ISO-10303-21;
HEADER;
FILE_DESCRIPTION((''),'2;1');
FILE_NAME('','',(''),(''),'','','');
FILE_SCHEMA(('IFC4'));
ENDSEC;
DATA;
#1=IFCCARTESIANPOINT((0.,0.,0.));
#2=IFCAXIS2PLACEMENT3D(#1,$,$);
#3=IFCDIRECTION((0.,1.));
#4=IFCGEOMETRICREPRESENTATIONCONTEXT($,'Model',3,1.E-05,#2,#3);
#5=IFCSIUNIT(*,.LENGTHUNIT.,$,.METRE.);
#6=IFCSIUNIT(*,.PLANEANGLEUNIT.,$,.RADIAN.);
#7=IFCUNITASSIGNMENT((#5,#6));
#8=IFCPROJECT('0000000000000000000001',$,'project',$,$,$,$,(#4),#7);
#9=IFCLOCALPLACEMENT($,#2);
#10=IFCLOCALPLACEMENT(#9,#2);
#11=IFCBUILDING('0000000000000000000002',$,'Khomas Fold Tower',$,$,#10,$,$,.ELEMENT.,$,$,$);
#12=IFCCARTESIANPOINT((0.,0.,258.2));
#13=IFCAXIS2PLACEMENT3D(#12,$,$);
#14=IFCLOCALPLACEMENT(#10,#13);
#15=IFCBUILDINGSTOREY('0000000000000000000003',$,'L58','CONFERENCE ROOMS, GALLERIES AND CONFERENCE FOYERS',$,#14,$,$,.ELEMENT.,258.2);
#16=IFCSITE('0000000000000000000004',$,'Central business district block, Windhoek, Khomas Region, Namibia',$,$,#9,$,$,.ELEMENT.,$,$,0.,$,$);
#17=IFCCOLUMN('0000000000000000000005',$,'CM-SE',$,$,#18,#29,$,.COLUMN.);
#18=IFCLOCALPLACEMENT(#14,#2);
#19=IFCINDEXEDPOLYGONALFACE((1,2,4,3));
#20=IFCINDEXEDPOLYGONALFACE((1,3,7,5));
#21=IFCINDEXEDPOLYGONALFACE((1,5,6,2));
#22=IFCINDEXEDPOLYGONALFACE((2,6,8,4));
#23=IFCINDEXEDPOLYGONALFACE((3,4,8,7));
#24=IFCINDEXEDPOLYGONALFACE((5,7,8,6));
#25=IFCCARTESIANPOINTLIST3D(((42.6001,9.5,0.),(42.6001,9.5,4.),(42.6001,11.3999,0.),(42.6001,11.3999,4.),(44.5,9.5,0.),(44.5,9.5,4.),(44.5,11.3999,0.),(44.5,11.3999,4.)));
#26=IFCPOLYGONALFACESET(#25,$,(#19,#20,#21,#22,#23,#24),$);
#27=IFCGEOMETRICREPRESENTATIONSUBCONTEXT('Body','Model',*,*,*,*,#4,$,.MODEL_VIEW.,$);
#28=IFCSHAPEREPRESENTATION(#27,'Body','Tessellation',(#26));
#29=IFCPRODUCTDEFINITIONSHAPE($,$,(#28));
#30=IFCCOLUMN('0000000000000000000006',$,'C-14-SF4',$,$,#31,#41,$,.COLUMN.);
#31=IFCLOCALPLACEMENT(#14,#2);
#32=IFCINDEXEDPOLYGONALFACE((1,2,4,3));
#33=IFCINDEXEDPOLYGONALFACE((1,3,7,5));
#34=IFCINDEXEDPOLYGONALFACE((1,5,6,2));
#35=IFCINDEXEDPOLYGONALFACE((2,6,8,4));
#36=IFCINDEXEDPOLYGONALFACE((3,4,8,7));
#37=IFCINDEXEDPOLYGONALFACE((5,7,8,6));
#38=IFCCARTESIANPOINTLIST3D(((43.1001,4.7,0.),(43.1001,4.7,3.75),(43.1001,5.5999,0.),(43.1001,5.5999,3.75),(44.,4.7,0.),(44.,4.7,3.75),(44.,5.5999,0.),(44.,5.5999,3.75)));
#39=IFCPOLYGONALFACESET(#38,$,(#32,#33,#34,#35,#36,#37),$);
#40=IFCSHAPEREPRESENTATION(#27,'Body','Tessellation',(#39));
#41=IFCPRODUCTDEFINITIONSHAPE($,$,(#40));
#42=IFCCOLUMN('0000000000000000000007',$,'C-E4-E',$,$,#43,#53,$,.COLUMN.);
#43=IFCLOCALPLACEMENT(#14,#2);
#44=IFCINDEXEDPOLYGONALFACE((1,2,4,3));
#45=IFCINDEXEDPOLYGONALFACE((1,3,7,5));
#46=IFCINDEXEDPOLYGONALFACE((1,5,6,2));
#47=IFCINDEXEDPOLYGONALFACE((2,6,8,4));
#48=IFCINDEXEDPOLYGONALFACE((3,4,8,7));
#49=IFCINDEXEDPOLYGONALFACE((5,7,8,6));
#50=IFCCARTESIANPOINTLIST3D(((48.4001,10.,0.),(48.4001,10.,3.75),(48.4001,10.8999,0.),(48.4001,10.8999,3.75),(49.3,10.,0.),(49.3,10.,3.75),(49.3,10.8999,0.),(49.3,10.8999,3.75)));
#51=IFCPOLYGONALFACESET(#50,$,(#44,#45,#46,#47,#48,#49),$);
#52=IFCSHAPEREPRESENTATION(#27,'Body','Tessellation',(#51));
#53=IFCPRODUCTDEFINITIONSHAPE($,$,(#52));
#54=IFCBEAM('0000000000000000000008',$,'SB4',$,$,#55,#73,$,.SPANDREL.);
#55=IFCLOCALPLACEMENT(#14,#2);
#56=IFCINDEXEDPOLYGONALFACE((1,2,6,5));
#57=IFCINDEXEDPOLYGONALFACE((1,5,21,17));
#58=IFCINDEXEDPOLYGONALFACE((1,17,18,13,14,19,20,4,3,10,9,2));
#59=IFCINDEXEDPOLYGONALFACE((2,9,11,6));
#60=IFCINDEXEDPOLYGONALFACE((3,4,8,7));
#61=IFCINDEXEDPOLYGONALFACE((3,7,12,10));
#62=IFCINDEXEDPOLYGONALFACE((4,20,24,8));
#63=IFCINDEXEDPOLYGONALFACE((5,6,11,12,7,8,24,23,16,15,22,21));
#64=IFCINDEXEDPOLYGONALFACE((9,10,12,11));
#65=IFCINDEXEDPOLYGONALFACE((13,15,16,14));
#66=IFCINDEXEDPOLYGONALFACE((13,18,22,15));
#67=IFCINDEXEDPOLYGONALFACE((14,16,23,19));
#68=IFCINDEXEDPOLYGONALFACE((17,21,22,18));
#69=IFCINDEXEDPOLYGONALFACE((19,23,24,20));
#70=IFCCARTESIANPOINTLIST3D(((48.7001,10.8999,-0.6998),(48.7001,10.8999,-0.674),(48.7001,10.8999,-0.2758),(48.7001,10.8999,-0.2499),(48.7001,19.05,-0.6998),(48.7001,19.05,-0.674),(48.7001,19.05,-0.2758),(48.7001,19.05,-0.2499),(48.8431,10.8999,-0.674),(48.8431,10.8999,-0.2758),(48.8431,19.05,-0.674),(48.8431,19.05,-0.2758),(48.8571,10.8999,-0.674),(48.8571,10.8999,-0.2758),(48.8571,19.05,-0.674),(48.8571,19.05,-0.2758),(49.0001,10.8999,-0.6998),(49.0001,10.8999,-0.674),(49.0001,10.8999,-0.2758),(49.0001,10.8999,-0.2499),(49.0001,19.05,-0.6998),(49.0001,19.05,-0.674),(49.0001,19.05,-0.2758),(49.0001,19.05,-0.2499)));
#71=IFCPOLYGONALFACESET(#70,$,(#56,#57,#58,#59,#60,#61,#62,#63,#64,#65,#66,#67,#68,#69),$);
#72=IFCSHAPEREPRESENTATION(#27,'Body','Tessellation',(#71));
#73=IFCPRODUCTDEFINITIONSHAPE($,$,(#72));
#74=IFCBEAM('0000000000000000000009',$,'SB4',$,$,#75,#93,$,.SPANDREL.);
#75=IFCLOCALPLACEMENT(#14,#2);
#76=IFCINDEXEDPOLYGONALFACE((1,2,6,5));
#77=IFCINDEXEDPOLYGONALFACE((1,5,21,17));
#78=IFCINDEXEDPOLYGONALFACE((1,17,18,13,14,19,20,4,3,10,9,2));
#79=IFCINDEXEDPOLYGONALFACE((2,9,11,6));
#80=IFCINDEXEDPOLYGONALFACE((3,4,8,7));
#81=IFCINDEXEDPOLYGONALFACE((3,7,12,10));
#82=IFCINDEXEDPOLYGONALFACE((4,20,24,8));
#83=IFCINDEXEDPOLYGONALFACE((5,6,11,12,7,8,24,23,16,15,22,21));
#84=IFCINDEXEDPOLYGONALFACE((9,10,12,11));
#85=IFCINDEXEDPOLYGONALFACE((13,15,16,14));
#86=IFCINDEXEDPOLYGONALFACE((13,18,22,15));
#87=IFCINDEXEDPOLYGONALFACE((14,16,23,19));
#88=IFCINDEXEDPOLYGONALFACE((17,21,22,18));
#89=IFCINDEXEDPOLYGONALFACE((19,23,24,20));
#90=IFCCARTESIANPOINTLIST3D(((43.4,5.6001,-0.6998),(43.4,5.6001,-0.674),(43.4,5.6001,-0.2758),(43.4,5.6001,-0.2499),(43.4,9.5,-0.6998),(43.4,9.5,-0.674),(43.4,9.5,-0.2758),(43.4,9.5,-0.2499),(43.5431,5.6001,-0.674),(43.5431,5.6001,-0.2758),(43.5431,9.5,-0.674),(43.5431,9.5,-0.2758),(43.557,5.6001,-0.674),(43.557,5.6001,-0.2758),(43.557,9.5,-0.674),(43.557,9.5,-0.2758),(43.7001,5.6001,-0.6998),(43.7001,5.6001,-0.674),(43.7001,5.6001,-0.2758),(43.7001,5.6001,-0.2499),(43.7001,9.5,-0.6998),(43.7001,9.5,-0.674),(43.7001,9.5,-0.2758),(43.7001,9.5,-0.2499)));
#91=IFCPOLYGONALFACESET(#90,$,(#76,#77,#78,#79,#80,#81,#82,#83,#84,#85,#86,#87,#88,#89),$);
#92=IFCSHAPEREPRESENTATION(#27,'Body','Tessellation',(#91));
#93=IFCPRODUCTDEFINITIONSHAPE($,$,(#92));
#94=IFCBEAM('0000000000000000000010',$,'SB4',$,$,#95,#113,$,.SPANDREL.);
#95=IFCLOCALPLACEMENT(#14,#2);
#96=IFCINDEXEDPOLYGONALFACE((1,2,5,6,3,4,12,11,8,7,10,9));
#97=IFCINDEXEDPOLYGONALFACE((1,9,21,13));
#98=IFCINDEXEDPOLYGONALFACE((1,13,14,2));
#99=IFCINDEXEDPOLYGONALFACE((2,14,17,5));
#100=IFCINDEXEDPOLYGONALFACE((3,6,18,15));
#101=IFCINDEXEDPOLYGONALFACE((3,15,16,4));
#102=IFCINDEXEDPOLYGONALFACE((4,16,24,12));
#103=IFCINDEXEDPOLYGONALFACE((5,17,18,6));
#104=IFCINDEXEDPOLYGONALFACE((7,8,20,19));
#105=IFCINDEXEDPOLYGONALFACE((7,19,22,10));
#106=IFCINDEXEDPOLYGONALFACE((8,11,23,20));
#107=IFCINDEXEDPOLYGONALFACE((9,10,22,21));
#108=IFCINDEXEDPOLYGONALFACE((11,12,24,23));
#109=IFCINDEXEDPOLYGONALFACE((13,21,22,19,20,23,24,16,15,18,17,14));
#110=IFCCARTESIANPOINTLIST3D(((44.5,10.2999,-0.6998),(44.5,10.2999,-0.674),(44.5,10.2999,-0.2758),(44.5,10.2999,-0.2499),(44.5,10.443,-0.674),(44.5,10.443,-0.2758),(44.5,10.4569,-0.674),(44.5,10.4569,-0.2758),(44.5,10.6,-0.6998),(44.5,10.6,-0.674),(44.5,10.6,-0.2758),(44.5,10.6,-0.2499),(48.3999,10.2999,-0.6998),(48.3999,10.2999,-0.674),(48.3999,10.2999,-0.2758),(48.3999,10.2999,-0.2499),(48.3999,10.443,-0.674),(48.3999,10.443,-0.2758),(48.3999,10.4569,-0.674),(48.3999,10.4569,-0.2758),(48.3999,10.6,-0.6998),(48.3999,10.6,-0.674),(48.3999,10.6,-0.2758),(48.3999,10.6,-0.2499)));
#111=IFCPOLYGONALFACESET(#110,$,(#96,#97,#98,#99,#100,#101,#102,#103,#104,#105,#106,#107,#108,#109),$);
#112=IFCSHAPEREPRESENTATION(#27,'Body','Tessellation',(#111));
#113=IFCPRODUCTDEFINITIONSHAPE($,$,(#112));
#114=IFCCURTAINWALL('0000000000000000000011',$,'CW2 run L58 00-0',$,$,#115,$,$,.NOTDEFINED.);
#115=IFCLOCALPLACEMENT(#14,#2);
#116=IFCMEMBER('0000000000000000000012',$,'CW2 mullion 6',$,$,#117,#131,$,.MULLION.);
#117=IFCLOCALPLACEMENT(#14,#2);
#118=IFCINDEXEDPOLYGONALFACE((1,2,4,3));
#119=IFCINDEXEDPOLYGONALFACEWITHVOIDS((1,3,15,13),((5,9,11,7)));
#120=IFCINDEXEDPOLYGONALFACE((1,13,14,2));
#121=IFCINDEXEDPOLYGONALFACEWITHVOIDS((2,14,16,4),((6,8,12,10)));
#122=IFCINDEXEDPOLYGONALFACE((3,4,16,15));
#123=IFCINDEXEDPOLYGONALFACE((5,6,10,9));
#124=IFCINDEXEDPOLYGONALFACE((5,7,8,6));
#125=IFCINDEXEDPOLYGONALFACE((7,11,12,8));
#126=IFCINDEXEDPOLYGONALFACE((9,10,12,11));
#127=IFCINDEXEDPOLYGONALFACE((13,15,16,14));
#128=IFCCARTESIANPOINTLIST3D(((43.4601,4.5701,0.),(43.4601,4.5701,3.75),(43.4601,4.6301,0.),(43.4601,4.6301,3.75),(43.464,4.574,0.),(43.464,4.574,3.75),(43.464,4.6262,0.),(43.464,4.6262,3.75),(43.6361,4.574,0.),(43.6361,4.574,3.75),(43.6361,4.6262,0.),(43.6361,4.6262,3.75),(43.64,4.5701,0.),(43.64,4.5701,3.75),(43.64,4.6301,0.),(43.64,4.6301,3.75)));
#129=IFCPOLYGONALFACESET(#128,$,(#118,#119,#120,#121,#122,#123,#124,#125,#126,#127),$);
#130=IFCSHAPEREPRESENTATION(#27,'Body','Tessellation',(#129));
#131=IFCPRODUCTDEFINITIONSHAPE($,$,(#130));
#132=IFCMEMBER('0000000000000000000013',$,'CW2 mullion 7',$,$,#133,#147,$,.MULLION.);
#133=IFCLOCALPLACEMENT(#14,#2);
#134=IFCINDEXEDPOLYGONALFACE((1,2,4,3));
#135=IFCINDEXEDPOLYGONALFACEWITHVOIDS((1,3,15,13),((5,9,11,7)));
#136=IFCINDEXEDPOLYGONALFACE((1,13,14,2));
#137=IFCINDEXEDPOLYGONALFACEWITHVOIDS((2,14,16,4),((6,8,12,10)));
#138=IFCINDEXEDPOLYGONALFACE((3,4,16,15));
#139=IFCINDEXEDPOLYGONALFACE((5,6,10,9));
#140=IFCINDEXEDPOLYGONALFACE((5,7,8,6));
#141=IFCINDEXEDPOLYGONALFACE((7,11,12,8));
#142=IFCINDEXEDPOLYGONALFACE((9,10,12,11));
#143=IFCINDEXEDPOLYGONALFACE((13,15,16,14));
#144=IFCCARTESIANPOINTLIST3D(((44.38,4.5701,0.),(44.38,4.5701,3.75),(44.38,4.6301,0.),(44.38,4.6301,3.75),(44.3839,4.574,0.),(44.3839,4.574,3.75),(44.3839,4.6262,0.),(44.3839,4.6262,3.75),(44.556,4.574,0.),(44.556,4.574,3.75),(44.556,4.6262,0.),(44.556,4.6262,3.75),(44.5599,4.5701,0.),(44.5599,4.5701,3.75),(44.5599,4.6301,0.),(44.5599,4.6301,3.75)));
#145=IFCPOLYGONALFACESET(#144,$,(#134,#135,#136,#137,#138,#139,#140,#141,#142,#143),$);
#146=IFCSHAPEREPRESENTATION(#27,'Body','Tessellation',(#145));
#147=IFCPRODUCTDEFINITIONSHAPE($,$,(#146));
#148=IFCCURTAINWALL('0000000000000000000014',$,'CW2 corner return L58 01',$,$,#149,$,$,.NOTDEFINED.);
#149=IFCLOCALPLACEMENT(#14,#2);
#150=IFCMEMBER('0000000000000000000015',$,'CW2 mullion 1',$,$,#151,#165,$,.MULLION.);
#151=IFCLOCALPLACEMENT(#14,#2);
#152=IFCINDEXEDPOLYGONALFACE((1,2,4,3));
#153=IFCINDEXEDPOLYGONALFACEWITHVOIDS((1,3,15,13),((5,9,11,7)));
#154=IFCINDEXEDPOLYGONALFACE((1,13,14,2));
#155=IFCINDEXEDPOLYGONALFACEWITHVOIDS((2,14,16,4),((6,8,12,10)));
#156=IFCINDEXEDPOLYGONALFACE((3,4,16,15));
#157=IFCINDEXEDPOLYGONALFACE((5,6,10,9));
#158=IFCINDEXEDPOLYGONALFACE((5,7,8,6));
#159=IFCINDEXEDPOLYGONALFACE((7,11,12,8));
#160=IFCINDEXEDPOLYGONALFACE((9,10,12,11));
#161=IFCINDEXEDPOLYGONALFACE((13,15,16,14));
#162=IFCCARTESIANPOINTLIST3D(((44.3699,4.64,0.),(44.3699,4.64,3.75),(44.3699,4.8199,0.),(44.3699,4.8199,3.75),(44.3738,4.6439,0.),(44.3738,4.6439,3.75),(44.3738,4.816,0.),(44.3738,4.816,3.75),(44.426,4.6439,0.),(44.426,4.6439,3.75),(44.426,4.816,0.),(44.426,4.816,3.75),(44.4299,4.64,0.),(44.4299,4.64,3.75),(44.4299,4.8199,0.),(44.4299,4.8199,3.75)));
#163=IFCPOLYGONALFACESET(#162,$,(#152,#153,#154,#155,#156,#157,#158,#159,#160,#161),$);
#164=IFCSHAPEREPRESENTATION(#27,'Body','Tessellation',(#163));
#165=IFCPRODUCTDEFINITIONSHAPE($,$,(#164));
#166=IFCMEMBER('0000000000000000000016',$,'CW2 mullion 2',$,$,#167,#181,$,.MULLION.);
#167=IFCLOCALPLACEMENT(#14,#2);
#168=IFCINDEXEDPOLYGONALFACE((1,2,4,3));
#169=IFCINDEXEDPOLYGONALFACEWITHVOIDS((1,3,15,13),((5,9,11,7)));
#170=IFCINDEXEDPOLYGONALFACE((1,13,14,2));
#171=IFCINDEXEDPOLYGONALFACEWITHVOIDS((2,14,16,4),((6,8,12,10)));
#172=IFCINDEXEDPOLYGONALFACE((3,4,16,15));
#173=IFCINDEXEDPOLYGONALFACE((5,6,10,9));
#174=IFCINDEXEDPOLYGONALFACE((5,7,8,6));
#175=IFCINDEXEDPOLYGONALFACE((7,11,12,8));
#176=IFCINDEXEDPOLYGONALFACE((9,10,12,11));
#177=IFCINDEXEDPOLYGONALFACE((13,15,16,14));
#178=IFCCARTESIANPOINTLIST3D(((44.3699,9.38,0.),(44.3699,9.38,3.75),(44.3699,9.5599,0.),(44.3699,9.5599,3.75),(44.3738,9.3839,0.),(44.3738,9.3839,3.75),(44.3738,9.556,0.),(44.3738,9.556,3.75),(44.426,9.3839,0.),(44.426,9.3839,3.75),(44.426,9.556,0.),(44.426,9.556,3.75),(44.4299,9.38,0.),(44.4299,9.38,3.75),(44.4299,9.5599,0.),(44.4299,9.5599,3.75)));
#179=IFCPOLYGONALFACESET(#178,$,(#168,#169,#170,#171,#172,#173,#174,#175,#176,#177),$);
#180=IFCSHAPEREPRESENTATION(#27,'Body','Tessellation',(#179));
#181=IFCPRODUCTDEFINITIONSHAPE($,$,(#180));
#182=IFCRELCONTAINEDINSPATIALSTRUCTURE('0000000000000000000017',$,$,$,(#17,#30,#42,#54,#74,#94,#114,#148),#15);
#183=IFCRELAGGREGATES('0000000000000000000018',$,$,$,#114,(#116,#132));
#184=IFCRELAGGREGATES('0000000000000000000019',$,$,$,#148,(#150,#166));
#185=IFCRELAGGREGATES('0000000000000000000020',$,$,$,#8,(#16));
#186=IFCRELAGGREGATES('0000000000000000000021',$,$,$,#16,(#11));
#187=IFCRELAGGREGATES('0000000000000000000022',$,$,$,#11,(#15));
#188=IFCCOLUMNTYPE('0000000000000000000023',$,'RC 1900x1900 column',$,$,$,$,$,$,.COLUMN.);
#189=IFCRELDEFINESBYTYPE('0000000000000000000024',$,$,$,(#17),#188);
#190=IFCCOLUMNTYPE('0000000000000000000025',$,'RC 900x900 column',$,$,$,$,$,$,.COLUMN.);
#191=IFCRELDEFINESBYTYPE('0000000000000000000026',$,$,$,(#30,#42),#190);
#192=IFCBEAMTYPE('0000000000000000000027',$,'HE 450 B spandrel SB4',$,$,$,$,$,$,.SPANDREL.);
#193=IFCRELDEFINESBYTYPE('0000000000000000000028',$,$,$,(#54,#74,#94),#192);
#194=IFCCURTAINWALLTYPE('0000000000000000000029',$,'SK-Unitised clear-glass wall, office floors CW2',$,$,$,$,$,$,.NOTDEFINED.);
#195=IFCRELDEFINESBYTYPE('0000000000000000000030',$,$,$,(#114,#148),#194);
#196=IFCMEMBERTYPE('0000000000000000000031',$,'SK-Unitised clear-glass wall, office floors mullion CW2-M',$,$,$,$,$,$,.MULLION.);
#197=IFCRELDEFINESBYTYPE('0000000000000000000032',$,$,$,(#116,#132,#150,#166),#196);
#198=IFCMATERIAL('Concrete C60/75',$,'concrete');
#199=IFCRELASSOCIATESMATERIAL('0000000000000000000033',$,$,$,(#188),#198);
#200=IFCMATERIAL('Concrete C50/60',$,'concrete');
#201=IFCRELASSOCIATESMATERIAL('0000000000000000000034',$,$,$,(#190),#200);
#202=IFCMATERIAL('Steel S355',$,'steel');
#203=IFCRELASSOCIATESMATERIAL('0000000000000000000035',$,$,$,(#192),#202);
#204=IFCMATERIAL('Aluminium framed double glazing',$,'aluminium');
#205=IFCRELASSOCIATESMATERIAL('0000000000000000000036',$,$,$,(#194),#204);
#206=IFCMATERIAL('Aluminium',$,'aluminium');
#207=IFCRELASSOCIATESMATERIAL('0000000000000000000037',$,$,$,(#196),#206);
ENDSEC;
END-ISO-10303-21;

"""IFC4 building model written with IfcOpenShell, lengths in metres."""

from ifc_helpers import new_model, si_unit, direction, frame, origin, origin_2d, place, context, subcontext, project, spatial, rectangle, hollow_rectangle, i_section, extrude, source, transform, mapped, material, material_profile, profile_set, type_object, element, aggregate, save


model = new_model("IFC4")

# Units and contexts
model_context = context("Model", 3, precision=1e-05, world=origin(), true_north=direction((0.0, 1.0)))
body_context = subcontext(model_context, "Body", "Model", "MODEL_VIEW")
ifc_project = project(units=[si_unit("LENGTHUNIT", "METRE"), si_unit("PLANEANGLEUNIT", "RADIAN")], contexts=[model_context])

# Site, building, storey
site_placement = place(None, origin())
site = spatial("IfcSite", under=ifc_project, at=site_placement, Name="Central business district block, Windhoek, Khomas Region, Namibia", CompositionType="ELEMENT", RefElevation=0.0)
building_placement = place(site_placement, origin())
building = spatial("IfcBuilding", under=site, at=building_placement, Name="Khomas Fold Tower", CompositionType="ELEMENT")
storey_placement = place(building_placement, frame((0.0, 0.0, 258.2)))
storey = spatial("IfcBuildingStorey", under=building, at=storey_placement, Name="L58", Description="CONFERENCE ROOMS, GALLERIES AND CONFERENCE FOYERS", CompositionType="ELEMENT", Elevation=258.2)

# Columns
ifc_material_1 = material(Name="Concrete C60/75", Category="concrete")
ifc_material_profile_1 = material_profile(ifc_material_1, rectangle(XDim=1.8999, YDim=1.8999, at=origin_2d()), Name="RC 1900x1900")
ifc_profile_set_1 = profile_set([ifc_material_profile_1], Name="Concrete C60/75")
column_type_1 = type_object("IfcColumnType", Name="RC 1900x1900 column", PredefinedType="COLUMN", material=ifc_profile_set_1)
shared_shape_1 = source(origin(), body_context, "Body", "SweptSolid", [
    extrude(rectangle(XDim=1.8999, YDim=1.8999, at=origin_2d()), origin(), (0.0, 0.0, 1.0), 4.0),
])
column_placement = place(storey_placement, frame((43.55, 10.45, 0.0), z_axis=(0.0, 0.0, 1.0), x_axis=(1.0, 0.0, 0.0)))
element("IfcColumn", 1, at=column_placement, inside=storey, type_object=column_type_1, Name="CM-SE", PredefinedType="COLUMN", context=body_context, shape_type="MappedRepresentation", body=[
    mapped(shared_shape_1, transform((0.0, 0.0, 0.0))),
])
ifc_material_2 = material(Name="Concrete C50/60", Category="concrete")
ifc_material_profile_2 = material_profile(ifc_material_2, rectangle(XDim=0.8999, YDim=0.8999, at=origin_2d()), Name="RC 900x900")
ifc_profile_set_2 = profile_set([ifc_material_profile_2], Name="Concrete C50/60")
column_type_2 = type_object("IfcColumnType", Name="RC 900x900 column", PredefinedType="COLUMN", material=ifc_profile_set_2)
shared_shape_2 = source(origin(), body_context, "Body", "SweptSolid", [
    extrude(rectangle(XDim=0.8999, YDim=0.8999, at=origin_2d()), origin(), (0.0, 0.0, 1.0), 3.75),
])
for number, where, z_axis, x_axis, name in (
    (2, (43.55, 5.1499, 0.0), (0.0, 0.0, 1.0), (1.0, 0.0, 0.0), "C-14-SF4"),
    (3, (48.8501, 10.45, 0.0), (0.0, 0.0, 1.0), (1.0, 0.0, 0.0), "C-E4-E"),
):
    element("IfcColumn", number, at=place(storey_placement, frame(where, z_axis=z_axis, x_axis=x_axis)), inside=storey, type_object=column_type_2, Name=name, PredefinedType="COLUMN", context=body_context, shape_type="MappedRepresentation", body=[
        mapped(shared_shape_2, transform((0.0, 0.0, 0.0))),
    ])

# Beams
ifc_material_3 = material(Name="Steel S355", Category="steel")
ifc_material_profile_3 = material_profile(ifc_material_3, i_section(OverallWidth=0.3, OverallDepth=0.45, WebThickness=0.0139, FlangeThickness=0.0259, at=origin_2d()), Name="HE 450 B")
ifc_profile_set_3 = profile_set([ifc_material_profile_3], Name="Steel S355")
beam_type = type_object("IfcBeamType", Name="HE 450 B spandrel SB4", PredefinedType="SPANDREL", material=ifc_profile_set_3)
shared_shape_3 = source(origin(), body_context, "Body", "SweptSolid", [
    extrude(i_section(OverallWidth=0.3, OverallDepth=0.45, WebThickness=0.0139, FlangeThickness=0.0259, at=origin_2d()), origin(), (0.0, 0.0, 1.0), 8.1501),
])
beam_placement = place(storey_placement, frame((48.8501, 10.8999, -0.4749), z_axis=(0.0, 1.0, 0.0), x_axis=(-1.0, 0.0, 0.0)))
element("IfcBeam", 4, at=beam_placement, inside=storey, type_object=beam_type, Name="SB4", PredefinedType="SPANDREL", context=body_context, shape_type="MappedRepresentation", body=[
    mapped(shared_shape_3, transform((0.0, 0.0, 0.0))),
])
shared_shape_4 = source(origin(), body_context, "Body", "SweptSolid", [
    extrude(i_section(OverallWidth=0.3, OverallDepth=0.45, WebThickness=0.0139, FlangeThickness=0.0259, at=origin_2d()), origin(), (0.0, 0.0, 1.0), 3.8999),
])
for number, where, z_axis, x_axis, name in (
    (5, (43.55, 5.6001, -0.4749), (0.0, 1.0, 0.0), (-1.0, 0.0, 0.0), "SB4"),
    (6, (44.5, 10.45, -0.4749), (1.0, 0.0, 0.0), (0.0, 1.0, 0.0), "SB4"),
):
    element("IfcBeam", number, at=place(storey_placement, frame(where, z_axis=z_axis, x_axis=x_axis)), inside=storey, type_object=beam_type, Name=name, PredefinedType="SPANDREL", context=body_context, shape_type="MappedRepresentation", body=[
        mapped(shared_shape_4, transform((0.0, 0.0, 0.0))),
    ])

# Curtain walls, members
ifc_material_4 = material(Name="Aluminium framed double glazing", Category="aluminium")
curtain_wall_type = type_object("IfcCurtainWallType", Name="SK-Unitised clear-glass wall, office floors CW2", PredefinedType="NOTDEFINED", material=ifc_material_4)
curtain_wall_1_placement = place(storey_placement, origin())
curtain_wall_1 = element("IfcCurtainWall", 7, at=curtain_wall_1_placement, inside=storey, type_object=curtain_wall_type, Name="CW2 run L58 00-0", PredefinedType="NOTDEFINED")
ifc_material_5 = material(Name="Aluminium", Category="aluminium")
ifc_material_profile_4 = material_profile(ifc_material_5, hollow_rectangle(XDim=0.0601, YDim=0.1799, WallThickness=0.0039, at=origin_2d()), Name="SK-Unitised clear-glass wall, office floors mullion CW2-M")
ifc_profile_set_4 = profile_set([ifc_material_profile_4], Name="Aluminium")
member_type_1 = type_object("IfcMemberType", Name="SK-Unitised clear-glass wall, office floors mullion CW2-M", PredefinedType="MULLION", material=ifc_profile_set_4)
shared_shape_5 = source(origin(), body_context, "Body", "SweptSolid", [
    extrude(hollow_rectangle(XDim=0.0601, YDim=0.1799, WallThickness=0.0039, at=origin_2d()), origin(), (0.0, 0.0, 1.0), 3.75),
])
member_1_placement = place(storey_placement, frame((43.55, 4.6001, 0.0), z_axis=(0.0, 0.0, 1.0), x_axis=(0.0, 1.0, 0.0)))
member_1 = element("IfcMember", 8, at=member_1_placement, type_object=member_type_1, Name="CW2 mullion 6", PredefinedType="MULLION", context=body_context, shape_type="MappedRepresentation", body=[
    mapped(shared_shape_5, transform((0.0, 0.0, 0.0))),
])
member_2_placement = place(storey_placement, frame((44.47, 4.6001, 0.0), z_axis=(0.0, 0.0, 1.0), x_axis=(0.0, 1.0, 0.0)))
member_2 = element("IfcMember", 9, at=member_2_placement, type_object=member_type_1, Name="CW2 mullion 7", PredefinedType="MULLION", context=body_context, shape_type="MappedRepresentation", body=[
    mapped(shared_shape_5, transform((0.0, 0.0, 0.0))),
])
curtain_wall_2_placement = place(storey_placement, origin())
curtain_wall_2 = element("IfcCurtainWall", 10, at=curtain_wall_2_placement, inside=storey, type_object=curtain_wall_type, Name="CW2 corner return L58 01", PredefinedType="NOTDEFINED")
member_3_placement = place(storey_placement, frame((44.3999, 4.73, 0.0), z_axis=(0.0, 0.0, 1.0), x_axis=(-1.0, 0.0, 0.0)))
member_3 = element("IfcMember", 11, at=member_3_placement, type_object=member_type_1, Name="CW2 mullion 1", PredefinedType="MULLION", context=body_context, shape_type="MappedRepresentation", body=[
    mapped(shared_shape_5, transform((0.0, 0.0, 0.0))),
])
member_4_placement = place(storey_placement, frame((44.3999, 9.47, 0.0), z_axis=(0.0, 0.0, 1.0), x_axis=(-1.0, 0.0, 0.0)))
member_4 = element("IfcMember", 12, at=member_4_placement, type_object=member_type_1, Name="CW2 mullion 2", PredefinedType="MULLION", context=body_context, shape_type="MappedRepresentation", body=[
    mapped(shared_shape_5, transform((0.0, 0.0, 0.0))),
])

aggregate(curtain_wall_1, [member_1, member_2])
aggregate(curtain_wall_2, [member_3, member_4])

save(model, "model.ifc")
